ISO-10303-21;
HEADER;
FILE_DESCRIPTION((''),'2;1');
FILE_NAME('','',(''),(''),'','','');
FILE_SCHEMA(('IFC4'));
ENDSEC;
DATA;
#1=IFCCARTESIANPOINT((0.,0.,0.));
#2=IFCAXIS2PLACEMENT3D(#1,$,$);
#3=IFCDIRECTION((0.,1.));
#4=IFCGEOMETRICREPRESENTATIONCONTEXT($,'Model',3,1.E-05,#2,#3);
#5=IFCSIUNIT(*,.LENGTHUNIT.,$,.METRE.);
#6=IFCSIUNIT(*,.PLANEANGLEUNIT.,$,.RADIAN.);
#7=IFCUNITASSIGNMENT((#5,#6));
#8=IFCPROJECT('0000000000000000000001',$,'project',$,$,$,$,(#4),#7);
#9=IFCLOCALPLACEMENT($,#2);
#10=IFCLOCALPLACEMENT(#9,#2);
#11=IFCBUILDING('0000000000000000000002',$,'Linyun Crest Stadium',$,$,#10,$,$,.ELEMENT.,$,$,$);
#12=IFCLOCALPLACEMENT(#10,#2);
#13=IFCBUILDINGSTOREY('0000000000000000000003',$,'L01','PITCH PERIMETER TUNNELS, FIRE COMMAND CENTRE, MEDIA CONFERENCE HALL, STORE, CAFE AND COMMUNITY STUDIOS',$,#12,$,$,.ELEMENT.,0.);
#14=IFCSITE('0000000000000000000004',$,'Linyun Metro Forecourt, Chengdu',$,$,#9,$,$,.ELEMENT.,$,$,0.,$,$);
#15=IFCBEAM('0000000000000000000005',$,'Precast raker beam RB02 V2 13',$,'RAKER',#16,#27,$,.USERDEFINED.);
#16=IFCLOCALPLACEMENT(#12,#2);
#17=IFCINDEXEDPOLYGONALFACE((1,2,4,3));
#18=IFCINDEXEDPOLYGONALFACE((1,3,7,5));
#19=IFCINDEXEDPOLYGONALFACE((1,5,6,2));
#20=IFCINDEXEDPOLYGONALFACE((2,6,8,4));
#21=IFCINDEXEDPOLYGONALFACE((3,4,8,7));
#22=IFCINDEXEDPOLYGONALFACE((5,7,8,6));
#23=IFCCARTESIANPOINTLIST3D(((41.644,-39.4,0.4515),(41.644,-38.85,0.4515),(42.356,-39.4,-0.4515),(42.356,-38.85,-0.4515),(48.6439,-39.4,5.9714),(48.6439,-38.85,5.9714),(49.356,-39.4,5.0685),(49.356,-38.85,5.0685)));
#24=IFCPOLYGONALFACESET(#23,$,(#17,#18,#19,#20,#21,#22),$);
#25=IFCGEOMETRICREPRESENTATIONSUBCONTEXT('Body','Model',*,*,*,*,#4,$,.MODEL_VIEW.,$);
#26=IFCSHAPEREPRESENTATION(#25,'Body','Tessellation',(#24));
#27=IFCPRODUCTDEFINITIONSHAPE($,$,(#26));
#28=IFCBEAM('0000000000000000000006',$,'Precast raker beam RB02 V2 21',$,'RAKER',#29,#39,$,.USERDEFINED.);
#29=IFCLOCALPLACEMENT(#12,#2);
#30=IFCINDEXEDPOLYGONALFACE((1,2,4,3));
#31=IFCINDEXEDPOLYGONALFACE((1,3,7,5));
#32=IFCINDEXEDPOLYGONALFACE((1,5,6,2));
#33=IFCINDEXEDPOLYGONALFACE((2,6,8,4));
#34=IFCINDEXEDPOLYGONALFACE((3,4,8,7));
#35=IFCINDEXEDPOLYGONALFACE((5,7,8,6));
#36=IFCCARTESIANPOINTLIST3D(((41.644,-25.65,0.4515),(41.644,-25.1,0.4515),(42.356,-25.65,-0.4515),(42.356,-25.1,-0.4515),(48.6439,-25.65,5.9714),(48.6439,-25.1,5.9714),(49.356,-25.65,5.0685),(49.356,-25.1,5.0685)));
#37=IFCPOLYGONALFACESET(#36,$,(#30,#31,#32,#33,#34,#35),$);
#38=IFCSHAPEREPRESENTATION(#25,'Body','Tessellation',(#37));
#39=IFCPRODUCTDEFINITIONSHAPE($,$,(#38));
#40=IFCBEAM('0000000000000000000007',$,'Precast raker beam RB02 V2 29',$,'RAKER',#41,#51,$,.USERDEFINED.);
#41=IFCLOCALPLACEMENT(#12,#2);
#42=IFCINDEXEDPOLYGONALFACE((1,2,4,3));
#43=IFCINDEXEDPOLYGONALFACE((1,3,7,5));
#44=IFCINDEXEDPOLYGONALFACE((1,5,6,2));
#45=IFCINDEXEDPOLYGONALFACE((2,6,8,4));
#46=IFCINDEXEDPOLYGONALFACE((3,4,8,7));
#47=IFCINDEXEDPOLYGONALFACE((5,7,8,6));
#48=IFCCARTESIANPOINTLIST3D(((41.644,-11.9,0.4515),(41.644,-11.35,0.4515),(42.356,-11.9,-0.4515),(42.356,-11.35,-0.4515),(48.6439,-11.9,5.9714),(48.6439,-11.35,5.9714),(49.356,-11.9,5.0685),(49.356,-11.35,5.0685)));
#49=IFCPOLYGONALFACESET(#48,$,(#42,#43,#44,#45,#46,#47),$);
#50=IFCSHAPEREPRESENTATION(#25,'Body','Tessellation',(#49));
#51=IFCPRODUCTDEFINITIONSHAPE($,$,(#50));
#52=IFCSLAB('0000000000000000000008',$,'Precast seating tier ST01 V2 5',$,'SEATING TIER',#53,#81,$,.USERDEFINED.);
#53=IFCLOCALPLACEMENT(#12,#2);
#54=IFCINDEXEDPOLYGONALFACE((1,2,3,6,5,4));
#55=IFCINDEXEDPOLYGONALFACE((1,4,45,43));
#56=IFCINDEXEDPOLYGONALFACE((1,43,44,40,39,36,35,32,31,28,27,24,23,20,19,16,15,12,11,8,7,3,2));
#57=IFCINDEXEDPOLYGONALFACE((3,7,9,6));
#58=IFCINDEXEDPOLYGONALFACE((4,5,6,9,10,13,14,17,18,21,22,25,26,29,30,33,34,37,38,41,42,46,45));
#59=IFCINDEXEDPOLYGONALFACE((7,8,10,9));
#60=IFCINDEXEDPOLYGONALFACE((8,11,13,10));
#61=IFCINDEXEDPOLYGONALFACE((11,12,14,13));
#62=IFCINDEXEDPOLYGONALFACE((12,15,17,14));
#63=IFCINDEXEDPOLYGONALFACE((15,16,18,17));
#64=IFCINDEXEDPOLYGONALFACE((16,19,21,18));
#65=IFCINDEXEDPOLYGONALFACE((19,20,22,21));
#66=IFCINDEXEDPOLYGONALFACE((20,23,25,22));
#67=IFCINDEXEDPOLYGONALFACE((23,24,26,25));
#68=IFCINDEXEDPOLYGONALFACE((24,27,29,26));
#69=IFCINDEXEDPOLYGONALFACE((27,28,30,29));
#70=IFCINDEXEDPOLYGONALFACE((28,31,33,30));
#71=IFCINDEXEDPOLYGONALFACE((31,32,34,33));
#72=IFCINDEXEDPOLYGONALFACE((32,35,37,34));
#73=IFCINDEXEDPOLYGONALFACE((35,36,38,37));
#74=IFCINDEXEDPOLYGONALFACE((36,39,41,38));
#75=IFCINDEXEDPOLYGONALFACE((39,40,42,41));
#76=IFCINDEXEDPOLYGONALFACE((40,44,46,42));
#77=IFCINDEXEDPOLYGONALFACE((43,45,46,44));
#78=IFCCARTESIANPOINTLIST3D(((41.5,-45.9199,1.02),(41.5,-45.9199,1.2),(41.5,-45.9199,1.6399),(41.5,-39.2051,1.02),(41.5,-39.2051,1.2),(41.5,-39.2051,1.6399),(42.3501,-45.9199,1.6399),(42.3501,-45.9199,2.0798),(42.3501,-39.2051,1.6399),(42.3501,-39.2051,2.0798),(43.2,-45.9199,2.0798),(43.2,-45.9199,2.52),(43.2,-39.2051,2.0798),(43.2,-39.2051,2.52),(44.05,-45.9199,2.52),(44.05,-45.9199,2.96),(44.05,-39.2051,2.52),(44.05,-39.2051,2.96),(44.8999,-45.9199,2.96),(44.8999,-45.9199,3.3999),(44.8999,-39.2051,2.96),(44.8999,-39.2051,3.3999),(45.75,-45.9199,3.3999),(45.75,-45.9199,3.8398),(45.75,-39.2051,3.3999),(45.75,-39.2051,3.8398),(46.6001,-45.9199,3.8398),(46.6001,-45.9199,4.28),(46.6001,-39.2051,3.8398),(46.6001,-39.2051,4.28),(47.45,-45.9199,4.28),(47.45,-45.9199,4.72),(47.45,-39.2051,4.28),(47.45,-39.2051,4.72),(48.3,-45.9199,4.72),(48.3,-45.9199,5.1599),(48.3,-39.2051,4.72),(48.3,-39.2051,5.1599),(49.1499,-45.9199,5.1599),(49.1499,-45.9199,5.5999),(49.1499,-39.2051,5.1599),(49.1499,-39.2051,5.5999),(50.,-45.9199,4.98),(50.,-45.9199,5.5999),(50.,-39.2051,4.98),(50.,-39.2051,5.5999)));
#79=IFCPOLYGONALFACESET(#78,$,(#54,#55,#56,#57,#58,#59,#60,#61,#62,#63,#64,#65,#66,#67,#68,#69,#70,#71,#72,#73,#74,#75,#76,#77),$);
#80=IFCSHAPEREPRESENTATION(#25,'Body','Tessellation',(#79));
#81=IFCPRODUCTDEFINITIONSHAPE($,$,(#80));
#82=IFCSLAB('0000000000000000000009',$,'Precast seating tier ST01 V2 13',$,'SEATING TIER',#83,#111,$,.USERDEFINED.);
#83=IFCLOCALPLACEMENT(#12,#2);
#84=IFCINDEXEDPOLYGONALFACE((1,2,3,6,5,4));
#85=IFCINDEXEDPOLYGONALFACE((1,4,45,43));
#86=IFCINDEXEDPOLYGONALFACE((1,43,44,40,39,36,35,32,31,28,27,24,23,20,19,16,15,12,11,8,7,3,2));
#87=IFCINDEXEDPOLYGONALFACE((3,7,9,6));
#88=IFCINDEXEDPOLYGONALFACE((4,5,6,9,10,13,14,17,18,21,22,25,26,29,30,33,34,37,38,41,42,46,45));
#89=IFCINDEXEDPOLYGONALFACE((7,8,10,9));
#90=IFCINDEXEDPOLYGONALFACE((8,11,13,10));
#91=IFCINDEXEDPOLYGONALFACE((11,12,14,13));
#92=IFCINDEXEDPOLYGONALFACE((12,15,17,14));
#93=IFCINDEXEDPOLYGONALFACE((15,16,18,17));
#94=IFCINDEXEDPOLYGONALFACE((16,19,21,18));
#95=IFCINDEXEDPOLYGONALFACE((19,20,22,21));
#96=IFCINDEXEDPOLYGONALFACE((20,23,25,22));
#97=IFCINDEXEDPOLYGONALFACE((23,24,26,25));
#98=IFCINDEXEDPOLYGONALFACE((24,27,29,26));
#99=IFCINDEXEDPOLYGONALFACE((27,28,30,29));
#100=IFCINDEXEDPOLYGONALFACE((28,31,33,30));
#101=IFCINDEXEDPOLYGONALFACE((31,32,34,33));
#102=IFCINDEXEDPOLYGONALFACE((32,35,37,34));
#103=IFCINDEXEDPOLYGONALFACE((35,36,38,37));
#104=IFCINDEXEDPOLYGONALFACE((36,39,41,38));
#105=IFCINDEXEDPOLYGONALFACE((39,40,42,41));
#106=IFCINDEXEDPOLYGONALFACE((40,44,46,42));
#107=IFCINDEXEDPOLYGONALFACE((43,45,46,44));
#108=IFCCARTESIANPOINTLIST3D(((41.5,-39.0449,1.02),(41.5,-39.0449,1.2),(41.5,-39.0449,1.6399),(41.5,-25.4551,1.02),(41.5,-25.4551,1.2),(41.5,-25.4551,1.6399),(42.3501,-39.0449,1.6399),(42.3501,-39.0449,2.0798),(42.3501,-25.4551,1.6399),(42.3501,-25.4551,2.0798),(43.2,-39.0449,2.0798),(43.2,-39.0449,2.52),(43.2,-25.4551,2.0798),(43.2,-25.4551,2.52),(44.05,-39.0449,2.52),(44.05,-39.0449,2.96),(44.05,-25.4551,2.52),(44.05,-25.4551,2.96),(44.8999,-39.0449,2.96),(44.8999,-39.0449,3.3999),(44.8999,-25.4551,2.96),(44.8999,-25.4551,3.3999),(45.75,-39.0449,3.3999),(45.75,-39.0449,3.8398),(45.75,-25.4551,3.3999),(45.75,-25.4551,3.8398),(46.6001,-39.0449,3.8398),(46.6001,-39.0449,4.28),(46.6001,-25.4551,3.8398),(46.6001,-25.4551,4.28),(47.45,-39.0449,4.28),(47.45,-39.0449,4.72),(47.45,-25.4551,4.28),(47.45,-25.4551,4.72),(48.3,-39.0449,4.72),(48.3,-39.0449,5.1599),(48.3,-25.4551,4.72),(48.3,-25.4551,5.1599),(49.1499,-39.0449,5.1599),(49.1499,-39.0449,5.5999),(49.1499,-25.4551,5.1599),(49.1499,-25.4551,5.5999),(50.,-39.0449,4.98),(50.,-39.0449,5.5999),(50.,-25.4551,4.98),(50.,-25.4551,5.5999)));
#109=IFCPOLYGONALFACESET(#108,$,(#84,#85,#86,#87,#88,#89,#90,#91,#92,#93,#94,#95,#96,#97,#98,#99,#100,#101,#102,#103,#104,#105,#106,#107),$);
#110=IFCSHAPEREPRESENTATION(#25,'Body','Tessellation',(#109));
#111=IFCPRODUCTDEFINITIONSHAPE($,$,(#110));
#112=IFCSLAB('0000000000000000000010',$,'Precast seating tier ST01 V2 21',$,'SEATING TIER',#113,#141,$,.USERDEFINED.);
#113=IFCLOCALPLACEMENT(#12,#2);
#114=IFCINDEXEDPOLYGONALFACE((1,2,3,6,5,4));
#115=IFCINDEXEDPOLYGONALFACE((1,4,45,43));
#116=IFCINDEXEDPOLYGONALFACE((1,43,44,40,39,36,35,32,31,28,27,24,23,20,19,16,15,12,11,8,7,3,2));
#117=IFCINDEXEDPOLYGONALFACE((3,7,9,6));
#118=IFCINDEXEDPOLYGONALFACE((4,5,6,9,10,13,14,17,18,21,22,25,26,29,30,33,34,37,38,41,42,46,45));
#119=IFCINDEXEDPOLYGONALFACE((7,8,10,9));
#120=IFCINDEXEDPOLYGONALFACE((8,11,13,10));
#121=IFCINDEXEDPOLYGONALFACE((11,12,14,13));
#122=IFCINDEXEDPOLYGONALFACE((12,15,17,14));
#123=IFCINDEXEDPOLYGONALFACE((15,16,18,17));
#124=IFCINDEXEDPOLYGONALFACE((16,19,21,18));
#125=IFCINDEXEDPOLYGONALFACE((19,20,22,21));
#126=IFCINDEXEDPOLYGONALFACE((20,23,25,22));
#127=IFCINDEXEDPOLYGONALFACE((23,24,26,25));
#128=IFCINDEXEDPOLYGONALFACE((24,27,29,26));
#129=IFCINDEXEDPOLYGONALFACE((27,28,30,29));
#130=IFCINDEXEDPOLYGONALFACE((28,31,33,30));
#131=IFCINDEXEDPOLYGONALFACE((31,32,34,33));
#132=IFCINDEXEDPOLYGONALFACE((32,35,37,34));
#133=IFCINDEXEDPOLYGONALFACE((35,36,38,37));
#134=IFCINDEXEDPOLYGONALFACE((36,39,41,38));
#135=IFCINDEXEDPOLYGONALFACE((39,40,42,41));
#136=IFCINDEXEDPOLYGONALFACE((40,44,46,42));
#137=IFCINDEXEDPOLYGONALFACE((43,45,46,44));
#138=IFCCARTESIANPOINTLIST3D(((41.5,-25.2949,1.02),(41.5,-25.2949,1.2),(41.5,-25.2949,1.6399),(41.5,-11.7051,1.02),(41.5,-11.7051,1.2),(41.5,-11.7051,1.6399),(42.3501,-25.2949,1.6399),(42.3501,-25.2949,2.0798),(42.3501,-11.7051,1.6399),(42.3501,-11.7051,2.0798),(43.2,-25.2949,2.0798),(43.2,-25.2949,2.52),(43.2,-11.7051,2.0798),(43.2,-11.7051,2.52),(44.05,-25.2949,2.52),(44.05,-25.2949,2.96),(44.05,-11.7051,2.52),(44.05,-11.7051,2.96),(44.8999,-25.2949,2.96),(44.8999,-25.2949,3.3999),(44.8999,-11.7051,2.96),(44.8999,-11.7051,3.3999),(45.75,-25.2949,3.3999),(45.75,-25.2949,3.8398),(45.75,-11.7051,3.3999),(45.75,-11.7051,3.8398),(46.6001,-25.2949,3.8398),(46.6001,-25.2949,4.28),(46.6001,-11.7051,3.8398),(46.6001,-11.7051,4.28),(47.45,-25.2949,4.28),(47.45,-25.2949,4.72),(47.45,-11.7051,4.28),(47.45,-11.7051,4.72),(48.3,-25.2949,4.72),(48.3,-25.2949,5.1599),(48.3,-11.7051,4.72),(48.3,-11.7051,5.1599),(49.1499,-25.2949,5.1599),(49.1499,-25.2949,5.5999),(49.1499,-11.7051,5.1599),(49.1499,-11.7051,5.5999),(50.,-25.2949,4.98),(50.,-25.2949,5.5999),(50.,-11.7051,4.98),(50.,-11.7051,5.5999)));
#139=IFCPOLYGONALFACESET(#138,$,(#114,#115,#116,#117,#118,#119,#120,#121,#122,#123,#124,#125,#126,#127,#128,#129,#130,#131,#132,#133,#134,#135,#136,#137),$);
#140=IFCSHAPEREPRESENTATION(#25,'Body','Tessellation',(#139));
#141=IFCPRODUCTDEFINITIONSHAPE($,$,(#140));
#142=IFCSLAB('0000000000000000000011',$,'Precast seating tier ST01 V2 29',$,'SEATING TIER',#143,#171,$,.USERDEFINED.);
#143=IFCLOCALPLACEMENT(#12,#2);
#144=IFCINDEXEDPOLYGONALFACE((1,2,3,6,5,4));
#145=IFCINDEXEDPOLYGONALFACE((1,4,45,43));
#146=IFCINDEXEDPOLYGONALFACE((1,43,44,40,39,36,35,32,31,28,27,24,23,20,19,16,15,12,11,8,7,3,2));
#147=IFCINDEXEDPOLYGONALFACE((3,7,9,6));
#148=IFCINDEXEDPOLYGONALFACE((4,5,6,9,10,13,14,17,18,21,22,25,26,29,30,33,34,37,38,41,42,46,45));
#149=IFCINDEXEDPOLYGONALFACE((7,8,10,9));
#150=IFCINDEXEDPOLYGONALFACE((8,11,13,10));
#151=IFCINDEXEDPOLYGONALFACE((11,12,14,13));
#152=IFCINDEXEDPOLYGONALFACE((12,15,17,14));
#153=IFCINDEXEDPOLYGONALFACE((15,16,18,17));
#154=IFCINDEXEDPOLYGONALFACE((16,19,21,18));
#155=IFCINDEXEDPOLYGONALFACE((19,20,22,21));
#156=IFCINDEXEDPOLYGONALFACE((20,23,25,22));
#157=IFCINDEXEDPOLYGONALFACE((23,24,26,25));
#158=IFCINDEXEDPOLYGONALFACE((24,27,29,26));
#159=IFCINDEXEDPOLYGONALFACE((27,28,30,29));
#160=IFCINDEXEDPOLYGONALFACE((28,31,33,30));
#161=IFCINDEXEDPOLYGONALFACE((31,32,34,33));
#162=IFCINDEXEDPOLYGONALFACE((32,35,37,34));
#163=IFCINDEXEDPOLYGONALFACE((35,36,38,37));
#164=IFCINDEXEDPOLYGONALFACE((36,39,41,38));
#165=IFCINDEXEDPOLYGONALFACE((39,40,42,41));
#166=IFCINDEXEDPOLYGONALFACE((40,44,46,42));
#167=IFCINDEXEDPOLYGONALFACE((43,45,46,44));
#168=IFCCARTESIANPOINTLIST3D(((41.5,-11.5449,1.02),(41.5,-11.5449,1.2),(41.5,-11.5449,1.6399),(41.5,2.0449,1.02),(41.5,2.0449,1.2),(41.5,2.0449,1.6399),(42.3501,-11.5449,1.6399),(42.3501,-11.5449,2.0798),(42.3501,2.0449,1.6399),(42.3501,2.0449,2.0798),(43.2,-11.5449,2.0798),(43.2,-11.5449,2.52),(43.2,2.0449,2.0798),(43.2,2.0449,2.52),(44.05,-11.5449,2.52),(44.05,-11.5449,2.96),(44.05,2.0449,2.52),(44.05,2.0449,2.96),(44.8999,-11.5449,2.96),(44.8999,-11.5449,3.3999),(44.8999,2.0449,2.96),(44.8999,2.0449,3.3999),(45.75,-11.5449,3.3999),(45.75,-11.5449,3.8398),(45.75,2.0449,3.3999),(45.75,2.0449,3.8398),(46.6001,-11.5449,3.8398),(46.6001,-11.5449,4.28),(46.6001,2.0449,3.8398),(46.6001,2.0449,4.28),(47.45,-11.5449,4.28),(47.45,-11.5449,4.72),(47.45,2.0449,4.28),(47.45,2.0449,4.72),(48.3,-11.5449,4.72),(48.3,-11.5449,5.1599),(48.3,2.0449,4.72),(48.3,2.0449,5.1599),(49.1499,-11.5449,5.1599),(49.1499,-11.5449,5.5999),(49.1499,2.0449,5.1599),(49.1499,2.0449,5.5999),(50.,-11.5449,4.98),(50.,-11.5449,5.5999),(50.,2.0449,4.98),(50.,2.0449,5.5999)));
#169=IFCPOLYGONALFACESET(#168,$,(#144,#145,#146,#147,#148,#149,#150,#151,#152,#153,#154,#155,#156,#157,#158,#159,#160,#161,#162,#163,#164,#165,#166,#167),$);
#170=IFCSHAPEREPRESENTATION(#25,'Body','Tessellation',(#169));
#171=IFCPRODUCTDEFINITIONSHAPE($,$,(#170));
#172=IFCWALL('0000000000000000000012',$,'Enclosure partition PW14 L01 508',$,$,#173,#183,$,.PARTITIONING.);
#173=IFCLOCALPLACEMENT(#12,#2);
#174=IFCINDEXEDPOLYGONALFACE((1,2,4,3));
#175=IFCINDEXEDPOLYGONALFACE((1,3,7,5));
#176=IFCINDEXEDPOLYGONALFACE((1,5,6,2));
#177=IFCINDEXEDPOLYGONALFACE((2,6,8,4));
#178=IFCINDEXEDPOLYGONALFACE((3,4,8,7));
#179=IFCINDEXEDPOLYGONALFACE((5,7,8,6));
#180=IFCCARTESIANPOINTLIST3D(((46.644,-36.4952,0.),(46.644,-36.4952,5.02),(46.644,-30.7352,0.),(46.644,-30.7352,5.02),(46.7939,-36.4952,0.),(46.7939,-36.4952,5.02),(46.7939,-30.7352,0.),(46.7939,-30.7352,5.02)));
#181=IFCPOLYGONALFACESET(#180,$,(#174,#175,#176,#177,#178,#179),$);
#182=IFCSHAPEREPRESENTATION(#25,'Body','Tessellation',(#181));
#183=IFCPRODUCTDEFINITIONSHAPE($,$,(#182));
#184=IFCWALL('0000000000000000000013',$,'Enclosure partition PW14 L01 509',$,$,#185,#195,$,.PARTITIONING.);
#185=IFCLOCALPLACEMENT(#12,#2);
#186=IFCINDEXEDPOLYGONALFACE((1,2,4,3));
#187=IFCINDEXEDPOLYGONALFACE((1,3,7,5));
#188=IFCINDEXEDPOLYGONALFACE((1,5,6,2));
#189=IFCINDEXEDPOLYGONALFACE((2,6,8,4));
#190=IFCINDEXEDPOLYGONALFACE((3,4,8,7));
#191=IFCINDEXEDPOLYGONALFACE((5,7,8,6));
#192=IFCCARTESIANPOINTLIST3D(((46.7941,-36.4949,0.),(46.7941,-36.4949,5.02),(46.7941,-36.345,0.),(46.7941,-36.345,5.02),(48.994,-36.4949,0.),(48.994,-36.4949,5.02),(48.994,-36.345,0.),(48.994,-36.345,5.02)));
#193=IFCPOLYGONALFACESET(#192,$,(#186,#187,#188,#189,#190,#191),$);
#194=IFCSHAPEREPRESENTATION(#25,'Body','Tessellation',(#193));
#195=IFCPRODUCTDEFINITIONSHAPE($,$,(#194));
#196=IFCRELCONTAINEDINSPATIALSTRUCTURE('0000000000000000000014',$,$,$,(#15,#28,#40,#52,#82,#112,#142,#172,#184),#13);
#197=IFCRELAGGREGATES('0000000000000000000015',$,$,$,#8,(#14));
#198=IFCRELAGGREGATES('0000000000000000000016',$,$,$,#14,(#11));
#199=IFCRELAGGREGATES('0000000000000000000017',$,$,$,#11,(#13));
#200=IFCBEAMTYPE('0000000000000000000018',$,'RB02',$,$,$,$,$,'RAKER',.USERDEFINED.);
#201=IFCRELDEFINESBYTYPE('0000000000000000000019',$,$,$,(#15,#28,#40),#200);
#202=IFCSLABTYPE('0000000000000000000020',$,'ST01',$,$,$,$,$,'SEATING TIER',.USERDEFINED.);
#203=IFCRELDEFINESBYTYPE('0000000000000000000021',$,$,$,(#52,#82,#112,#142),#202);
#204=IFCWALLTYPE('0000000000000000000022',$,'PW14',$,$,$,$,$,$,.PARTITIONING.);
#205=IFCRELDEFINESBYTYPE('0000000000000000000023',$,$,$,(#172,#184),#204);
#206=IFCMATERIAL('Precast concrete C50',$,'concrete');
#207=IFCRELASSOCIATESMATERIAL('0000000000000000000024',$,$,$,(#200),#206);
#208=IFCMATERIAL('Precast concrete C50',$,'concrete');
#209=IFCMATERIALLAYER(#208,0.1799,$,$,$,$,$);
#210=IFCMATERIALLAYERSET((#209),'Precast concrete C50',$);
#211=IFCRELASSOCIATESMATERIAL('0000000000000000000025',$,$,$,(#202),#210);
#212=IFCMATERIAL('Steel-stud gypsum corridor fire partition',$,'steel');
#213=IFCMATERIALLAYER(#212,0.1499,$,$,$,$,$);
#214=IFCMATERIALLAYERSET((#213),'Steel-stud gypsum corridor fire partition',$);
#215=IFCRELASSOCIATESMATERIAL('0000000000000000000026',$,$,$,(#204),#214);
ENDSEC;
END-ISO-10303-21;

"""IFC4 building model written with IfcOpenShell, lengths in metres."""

from ifc_helpers import new_model, si_unit, direction, frame, frame_2d, origin, origin_2d, place, context, subcontext, project, spatial, polyline, rectangle, outline, extrude, material, layer, layer_set, material_profile, profile_set, type_object, element, save


model = new_model("IFC4")

# Units and contexts
model_context = context("Model", 3, precision=1e-05, world=origin(), true_north=direction((0.0, 1.0)))
body_context = subcontext(model_context, "Body", "Model", "MODEL_VIEW")
ifc_project = project(units=[si_unit("LENGTHUNIT", "METRE"), si_unit("PLANEANGLEUNIT", "RADIAN")], contexts=[model_context])

# Site, building, storey
site_placement = place(None, origin())
site = spatial("IfcSite", under=ifc_project, at=site_placement, Name="Linyun Metro Forecourt, Chengdu", CompositionType="ELEMENT", RefElevation=0.0)
building_placement = place(site_placement, origin())
building = spatial("IfcBuilding", under=site, at=building_placement, Name="Linyun Crest Stadium", CompositionType="ELEMENT")
storey_placement = place(building_placement, origin())
storey = spatial("IfcBuildingStorey", under=building, at=storey_placement, Name="L01", Description="PITCH PERIMETER TUNNELS, FIRE COMMAND CENTRE, MEDIA CONFERENCE HALL, STORE, CAFE AND COMMUNITY STUDIOS", CompositionType="ELEMENT", Elevation=0.0)

# Beams
ifc_material_1 = material(Name="Precast concrete C50", Category="concrete")
ifc_material_profile_1 = material_profile(ifc_material_1, rectangle(XDim=0.55, YDim=1.1499, at=origin_2d()), Name="PCR 1150x550")
ifc_profile_set_1 = profile_set([ifc_material_profile_1], Name="Precast concrete C50")
beam_type = type_object("IfcBeamType", Name="RB02", ElementType="RAKER", PredefinedType="USERDEFINED", material=ifc_profile_set_1)
for number, where, z_axis, x_axis, name in (
    (1, (42.0, -39.125, 0.0), (0.785226, 0.0, 0.619209), (0.0, 1.0, 0.0), "Precast raker beam RB02 V2 13"),
    (2, (42.0, -25.375, 0.0), (0.785226, 0.0, 0.619209), (0.0, 1.0, 0.0), "Precast raker beam RB02 V2 21"),
    (3, (42.0, -11.625, 0.0), (0.785226, 0.0, 0.619209), (0.0, 1.0, 0.0), "Precast raker beam RB02 V2 29"),
):
    element("IfcBeam", number, at=place(storey_placement, frame(where, z_axis=z_axis, x_axis=x_axis)), inside=storey, type_object=beam_type, Name=name, ObjectType="RAKER", PredefinedType="USERDEFINED", context=body_context, shape_type="SweptSolid", body=[
        extrude(rectangle(XDim=0.55, YDim=1.1499, at=origin_2d()), origin(), (0.0, 0.0, 1.0), 8.9146),
    ])

# Slabs
ifc_material_2 = material(Name="Precast concrete C50", Category="concrete")
ifc_layer_1 = layer(ifc_material_2, 0.1799)
ifc_layer_set_1 = layer_set([ifc_layer_1], Name="Precast concrete C50")
slab_type = type_object("IfcSlabType", Name="ST01", ElementType="SEATING TIER", PredefinedType="USERDEFINED", material=ifc_layer_set_1)
slab_placement = place(storey_placement, frame((41.5, -45.9199, 1.2), z_axis=(0.0, 0.0, 1.0), x_axis=(1.0, 0.0, 0.0)))
element("IfcSlab", 4, at=slab_placement, inside=storey, type_object=slab_type, Name="Precast seating tier ST01 V2 5", ObjectType="SEATING TIER", PredefinedType="USERDEFINED", context=body_context, shape_type="SweptSolid", body=[
    extrude(outline(polyline([(0.0, 0.0), (0.0, -0.4399), (0.8501, -0.4399), (0.8501, -0.8799), (1.7, -0.8799), (1.7, -1.3201), (2.55, -1.3201), (2.55, -1.76), (3.3999, -1.76), (3.3999, -2.2), (4.25, -2.2), (4.25, -2.6399), (5.1001, -2.6399), (5.1001, -3.0801), (5.95, -3.0801), (5.95, -3.52), (6.8, -3.52), (6.8, -3.96), (7.6499, -3.96), (7.6499, -4.3999), (8.5, -4.3999), (8.5, -3.78), (0.0, 0.1799), (0.0, 0.0)])), frame((0.0, 0.0, 0.0), z_axis=(0.0, 1.0, 0.0), x_axis=(1.0, 0.0, 0.0)), (0.0, 0.0, 1.0), 6.7148),
])
for number, where, z_axis, x_axis, name in (
    (5, (41.5, -39.0449, 1.2), (0.0, 0.0, 1.0), (1.0, 0.0, 0.0), "Precast seating tier ST01 V2 13"),
    (6, (41.5, -25.2949, 1.2), (0.0, 0.0, 1.0), (1.0, 0.0, 0.0), "Precast seating tier ST01 V2 21"),
    (7, (41.5, -11.5449, 1.2), (0.0, 0.0, 1.0), (1.0, 0.0, 0.0), "Precast seating tier ST01 V2 29"),
):
    element("IfcSlab", number, at=place(storey_placement, frame(where, z_axis=z_axis, x_axis=x_axis)), inside=storey, type_object=slab_type, Name=name, ObjectType="SEATING TIER", PredefinedType="USERDEFINED", context=body_context, shape_type="SweptSolid", body=[
        extrude(outline(polyline([(0.0, 0.0), (0.0, -0.4399), (0.8501, -0.4399), (0.8501, -0.8799), (1.7, -0.8799), (1.7, -1.3201), (2.55, -1.3201), (2.55, -1.76), (3.3999, -1.76), (3.3999, -2.2), (4.25, -2.2), (4.25, -2.6399), (5.1001, -2.6399), (5.1001, -3.0801), (5.95, -3.0801), (5.95, -3.52), (6.8, -3.52), (6.8, -3.96), (7.6499, -3.96), (7.6499, -4.3999), (8.5, -4.3999), (8.5, -3.78), (0.0, 0.1799), (0.0, 0.0)])), frame((0.0, 0.0, 0.0), z_axis=(0.0, 1.0, 0.0), x_axis=(1.0, 0.0, 0.0)), (0.0, 0.0, 1.0), 13.5898),
    ])

# Walls
ifc_material_3 = material(Name="Steel-stud gypsum corridor fire partition", Category="steel")
ifc_layer_2 = layer(ifc_material_3, 0.1499)
ifc_layer_set_2 = layer_set([ifc_layer_2], Name="Steel-stud gypsum corridor fire partition")
wall_type = type_object("IfcWallType", Name="PW14", PredefinedType="PARTITIONING", material=ifc_layer_set_2)
wall_1_placement = place(storey_placement, frame((46.719, -36.4951, 0.0), z_axis=(0.0, 0.0, 1.0), x_axis=(0.0, 1.0, 0.0)))
element("IfcWall", 8, at=wall_1_placement, inside=storey, type_object=wall_type, Name="Enclosure partition PW14 L01 508", PredefinedType="PARTITIONING", context=body_context, shape_type="SweptSolid", body=[
    extrude(rectangle(XDim=5.76, YDim=0.1499, at=frame_2d((2.8799, 0.0))), origin(), (0.0, 0.0, 1.0), 5.02),
])
wall_2_placement = place(storey_placement, frame((46.7939, -36.4199, 0.0), z_axis=(0.0, 0.0, 1.0), x_axis=(1.0, 0.0, 0.0)))
element("IfcWall", 9, at=wall_2_placement, inside=storey, type_object=wall_type, Name="Enclosure partition PW14 L01 509", PredefinedType="PARTITIONING", context=body_context, shape_type="SweptSolid", body=[
    extrude(rectangle(XDim=2.2, YDim=0.1499, at=frame_2d((1.1001, 0.0))), origin(), (0.0, 0.0, 1.0), 5.02),
])

save(model, "model.ifc")
